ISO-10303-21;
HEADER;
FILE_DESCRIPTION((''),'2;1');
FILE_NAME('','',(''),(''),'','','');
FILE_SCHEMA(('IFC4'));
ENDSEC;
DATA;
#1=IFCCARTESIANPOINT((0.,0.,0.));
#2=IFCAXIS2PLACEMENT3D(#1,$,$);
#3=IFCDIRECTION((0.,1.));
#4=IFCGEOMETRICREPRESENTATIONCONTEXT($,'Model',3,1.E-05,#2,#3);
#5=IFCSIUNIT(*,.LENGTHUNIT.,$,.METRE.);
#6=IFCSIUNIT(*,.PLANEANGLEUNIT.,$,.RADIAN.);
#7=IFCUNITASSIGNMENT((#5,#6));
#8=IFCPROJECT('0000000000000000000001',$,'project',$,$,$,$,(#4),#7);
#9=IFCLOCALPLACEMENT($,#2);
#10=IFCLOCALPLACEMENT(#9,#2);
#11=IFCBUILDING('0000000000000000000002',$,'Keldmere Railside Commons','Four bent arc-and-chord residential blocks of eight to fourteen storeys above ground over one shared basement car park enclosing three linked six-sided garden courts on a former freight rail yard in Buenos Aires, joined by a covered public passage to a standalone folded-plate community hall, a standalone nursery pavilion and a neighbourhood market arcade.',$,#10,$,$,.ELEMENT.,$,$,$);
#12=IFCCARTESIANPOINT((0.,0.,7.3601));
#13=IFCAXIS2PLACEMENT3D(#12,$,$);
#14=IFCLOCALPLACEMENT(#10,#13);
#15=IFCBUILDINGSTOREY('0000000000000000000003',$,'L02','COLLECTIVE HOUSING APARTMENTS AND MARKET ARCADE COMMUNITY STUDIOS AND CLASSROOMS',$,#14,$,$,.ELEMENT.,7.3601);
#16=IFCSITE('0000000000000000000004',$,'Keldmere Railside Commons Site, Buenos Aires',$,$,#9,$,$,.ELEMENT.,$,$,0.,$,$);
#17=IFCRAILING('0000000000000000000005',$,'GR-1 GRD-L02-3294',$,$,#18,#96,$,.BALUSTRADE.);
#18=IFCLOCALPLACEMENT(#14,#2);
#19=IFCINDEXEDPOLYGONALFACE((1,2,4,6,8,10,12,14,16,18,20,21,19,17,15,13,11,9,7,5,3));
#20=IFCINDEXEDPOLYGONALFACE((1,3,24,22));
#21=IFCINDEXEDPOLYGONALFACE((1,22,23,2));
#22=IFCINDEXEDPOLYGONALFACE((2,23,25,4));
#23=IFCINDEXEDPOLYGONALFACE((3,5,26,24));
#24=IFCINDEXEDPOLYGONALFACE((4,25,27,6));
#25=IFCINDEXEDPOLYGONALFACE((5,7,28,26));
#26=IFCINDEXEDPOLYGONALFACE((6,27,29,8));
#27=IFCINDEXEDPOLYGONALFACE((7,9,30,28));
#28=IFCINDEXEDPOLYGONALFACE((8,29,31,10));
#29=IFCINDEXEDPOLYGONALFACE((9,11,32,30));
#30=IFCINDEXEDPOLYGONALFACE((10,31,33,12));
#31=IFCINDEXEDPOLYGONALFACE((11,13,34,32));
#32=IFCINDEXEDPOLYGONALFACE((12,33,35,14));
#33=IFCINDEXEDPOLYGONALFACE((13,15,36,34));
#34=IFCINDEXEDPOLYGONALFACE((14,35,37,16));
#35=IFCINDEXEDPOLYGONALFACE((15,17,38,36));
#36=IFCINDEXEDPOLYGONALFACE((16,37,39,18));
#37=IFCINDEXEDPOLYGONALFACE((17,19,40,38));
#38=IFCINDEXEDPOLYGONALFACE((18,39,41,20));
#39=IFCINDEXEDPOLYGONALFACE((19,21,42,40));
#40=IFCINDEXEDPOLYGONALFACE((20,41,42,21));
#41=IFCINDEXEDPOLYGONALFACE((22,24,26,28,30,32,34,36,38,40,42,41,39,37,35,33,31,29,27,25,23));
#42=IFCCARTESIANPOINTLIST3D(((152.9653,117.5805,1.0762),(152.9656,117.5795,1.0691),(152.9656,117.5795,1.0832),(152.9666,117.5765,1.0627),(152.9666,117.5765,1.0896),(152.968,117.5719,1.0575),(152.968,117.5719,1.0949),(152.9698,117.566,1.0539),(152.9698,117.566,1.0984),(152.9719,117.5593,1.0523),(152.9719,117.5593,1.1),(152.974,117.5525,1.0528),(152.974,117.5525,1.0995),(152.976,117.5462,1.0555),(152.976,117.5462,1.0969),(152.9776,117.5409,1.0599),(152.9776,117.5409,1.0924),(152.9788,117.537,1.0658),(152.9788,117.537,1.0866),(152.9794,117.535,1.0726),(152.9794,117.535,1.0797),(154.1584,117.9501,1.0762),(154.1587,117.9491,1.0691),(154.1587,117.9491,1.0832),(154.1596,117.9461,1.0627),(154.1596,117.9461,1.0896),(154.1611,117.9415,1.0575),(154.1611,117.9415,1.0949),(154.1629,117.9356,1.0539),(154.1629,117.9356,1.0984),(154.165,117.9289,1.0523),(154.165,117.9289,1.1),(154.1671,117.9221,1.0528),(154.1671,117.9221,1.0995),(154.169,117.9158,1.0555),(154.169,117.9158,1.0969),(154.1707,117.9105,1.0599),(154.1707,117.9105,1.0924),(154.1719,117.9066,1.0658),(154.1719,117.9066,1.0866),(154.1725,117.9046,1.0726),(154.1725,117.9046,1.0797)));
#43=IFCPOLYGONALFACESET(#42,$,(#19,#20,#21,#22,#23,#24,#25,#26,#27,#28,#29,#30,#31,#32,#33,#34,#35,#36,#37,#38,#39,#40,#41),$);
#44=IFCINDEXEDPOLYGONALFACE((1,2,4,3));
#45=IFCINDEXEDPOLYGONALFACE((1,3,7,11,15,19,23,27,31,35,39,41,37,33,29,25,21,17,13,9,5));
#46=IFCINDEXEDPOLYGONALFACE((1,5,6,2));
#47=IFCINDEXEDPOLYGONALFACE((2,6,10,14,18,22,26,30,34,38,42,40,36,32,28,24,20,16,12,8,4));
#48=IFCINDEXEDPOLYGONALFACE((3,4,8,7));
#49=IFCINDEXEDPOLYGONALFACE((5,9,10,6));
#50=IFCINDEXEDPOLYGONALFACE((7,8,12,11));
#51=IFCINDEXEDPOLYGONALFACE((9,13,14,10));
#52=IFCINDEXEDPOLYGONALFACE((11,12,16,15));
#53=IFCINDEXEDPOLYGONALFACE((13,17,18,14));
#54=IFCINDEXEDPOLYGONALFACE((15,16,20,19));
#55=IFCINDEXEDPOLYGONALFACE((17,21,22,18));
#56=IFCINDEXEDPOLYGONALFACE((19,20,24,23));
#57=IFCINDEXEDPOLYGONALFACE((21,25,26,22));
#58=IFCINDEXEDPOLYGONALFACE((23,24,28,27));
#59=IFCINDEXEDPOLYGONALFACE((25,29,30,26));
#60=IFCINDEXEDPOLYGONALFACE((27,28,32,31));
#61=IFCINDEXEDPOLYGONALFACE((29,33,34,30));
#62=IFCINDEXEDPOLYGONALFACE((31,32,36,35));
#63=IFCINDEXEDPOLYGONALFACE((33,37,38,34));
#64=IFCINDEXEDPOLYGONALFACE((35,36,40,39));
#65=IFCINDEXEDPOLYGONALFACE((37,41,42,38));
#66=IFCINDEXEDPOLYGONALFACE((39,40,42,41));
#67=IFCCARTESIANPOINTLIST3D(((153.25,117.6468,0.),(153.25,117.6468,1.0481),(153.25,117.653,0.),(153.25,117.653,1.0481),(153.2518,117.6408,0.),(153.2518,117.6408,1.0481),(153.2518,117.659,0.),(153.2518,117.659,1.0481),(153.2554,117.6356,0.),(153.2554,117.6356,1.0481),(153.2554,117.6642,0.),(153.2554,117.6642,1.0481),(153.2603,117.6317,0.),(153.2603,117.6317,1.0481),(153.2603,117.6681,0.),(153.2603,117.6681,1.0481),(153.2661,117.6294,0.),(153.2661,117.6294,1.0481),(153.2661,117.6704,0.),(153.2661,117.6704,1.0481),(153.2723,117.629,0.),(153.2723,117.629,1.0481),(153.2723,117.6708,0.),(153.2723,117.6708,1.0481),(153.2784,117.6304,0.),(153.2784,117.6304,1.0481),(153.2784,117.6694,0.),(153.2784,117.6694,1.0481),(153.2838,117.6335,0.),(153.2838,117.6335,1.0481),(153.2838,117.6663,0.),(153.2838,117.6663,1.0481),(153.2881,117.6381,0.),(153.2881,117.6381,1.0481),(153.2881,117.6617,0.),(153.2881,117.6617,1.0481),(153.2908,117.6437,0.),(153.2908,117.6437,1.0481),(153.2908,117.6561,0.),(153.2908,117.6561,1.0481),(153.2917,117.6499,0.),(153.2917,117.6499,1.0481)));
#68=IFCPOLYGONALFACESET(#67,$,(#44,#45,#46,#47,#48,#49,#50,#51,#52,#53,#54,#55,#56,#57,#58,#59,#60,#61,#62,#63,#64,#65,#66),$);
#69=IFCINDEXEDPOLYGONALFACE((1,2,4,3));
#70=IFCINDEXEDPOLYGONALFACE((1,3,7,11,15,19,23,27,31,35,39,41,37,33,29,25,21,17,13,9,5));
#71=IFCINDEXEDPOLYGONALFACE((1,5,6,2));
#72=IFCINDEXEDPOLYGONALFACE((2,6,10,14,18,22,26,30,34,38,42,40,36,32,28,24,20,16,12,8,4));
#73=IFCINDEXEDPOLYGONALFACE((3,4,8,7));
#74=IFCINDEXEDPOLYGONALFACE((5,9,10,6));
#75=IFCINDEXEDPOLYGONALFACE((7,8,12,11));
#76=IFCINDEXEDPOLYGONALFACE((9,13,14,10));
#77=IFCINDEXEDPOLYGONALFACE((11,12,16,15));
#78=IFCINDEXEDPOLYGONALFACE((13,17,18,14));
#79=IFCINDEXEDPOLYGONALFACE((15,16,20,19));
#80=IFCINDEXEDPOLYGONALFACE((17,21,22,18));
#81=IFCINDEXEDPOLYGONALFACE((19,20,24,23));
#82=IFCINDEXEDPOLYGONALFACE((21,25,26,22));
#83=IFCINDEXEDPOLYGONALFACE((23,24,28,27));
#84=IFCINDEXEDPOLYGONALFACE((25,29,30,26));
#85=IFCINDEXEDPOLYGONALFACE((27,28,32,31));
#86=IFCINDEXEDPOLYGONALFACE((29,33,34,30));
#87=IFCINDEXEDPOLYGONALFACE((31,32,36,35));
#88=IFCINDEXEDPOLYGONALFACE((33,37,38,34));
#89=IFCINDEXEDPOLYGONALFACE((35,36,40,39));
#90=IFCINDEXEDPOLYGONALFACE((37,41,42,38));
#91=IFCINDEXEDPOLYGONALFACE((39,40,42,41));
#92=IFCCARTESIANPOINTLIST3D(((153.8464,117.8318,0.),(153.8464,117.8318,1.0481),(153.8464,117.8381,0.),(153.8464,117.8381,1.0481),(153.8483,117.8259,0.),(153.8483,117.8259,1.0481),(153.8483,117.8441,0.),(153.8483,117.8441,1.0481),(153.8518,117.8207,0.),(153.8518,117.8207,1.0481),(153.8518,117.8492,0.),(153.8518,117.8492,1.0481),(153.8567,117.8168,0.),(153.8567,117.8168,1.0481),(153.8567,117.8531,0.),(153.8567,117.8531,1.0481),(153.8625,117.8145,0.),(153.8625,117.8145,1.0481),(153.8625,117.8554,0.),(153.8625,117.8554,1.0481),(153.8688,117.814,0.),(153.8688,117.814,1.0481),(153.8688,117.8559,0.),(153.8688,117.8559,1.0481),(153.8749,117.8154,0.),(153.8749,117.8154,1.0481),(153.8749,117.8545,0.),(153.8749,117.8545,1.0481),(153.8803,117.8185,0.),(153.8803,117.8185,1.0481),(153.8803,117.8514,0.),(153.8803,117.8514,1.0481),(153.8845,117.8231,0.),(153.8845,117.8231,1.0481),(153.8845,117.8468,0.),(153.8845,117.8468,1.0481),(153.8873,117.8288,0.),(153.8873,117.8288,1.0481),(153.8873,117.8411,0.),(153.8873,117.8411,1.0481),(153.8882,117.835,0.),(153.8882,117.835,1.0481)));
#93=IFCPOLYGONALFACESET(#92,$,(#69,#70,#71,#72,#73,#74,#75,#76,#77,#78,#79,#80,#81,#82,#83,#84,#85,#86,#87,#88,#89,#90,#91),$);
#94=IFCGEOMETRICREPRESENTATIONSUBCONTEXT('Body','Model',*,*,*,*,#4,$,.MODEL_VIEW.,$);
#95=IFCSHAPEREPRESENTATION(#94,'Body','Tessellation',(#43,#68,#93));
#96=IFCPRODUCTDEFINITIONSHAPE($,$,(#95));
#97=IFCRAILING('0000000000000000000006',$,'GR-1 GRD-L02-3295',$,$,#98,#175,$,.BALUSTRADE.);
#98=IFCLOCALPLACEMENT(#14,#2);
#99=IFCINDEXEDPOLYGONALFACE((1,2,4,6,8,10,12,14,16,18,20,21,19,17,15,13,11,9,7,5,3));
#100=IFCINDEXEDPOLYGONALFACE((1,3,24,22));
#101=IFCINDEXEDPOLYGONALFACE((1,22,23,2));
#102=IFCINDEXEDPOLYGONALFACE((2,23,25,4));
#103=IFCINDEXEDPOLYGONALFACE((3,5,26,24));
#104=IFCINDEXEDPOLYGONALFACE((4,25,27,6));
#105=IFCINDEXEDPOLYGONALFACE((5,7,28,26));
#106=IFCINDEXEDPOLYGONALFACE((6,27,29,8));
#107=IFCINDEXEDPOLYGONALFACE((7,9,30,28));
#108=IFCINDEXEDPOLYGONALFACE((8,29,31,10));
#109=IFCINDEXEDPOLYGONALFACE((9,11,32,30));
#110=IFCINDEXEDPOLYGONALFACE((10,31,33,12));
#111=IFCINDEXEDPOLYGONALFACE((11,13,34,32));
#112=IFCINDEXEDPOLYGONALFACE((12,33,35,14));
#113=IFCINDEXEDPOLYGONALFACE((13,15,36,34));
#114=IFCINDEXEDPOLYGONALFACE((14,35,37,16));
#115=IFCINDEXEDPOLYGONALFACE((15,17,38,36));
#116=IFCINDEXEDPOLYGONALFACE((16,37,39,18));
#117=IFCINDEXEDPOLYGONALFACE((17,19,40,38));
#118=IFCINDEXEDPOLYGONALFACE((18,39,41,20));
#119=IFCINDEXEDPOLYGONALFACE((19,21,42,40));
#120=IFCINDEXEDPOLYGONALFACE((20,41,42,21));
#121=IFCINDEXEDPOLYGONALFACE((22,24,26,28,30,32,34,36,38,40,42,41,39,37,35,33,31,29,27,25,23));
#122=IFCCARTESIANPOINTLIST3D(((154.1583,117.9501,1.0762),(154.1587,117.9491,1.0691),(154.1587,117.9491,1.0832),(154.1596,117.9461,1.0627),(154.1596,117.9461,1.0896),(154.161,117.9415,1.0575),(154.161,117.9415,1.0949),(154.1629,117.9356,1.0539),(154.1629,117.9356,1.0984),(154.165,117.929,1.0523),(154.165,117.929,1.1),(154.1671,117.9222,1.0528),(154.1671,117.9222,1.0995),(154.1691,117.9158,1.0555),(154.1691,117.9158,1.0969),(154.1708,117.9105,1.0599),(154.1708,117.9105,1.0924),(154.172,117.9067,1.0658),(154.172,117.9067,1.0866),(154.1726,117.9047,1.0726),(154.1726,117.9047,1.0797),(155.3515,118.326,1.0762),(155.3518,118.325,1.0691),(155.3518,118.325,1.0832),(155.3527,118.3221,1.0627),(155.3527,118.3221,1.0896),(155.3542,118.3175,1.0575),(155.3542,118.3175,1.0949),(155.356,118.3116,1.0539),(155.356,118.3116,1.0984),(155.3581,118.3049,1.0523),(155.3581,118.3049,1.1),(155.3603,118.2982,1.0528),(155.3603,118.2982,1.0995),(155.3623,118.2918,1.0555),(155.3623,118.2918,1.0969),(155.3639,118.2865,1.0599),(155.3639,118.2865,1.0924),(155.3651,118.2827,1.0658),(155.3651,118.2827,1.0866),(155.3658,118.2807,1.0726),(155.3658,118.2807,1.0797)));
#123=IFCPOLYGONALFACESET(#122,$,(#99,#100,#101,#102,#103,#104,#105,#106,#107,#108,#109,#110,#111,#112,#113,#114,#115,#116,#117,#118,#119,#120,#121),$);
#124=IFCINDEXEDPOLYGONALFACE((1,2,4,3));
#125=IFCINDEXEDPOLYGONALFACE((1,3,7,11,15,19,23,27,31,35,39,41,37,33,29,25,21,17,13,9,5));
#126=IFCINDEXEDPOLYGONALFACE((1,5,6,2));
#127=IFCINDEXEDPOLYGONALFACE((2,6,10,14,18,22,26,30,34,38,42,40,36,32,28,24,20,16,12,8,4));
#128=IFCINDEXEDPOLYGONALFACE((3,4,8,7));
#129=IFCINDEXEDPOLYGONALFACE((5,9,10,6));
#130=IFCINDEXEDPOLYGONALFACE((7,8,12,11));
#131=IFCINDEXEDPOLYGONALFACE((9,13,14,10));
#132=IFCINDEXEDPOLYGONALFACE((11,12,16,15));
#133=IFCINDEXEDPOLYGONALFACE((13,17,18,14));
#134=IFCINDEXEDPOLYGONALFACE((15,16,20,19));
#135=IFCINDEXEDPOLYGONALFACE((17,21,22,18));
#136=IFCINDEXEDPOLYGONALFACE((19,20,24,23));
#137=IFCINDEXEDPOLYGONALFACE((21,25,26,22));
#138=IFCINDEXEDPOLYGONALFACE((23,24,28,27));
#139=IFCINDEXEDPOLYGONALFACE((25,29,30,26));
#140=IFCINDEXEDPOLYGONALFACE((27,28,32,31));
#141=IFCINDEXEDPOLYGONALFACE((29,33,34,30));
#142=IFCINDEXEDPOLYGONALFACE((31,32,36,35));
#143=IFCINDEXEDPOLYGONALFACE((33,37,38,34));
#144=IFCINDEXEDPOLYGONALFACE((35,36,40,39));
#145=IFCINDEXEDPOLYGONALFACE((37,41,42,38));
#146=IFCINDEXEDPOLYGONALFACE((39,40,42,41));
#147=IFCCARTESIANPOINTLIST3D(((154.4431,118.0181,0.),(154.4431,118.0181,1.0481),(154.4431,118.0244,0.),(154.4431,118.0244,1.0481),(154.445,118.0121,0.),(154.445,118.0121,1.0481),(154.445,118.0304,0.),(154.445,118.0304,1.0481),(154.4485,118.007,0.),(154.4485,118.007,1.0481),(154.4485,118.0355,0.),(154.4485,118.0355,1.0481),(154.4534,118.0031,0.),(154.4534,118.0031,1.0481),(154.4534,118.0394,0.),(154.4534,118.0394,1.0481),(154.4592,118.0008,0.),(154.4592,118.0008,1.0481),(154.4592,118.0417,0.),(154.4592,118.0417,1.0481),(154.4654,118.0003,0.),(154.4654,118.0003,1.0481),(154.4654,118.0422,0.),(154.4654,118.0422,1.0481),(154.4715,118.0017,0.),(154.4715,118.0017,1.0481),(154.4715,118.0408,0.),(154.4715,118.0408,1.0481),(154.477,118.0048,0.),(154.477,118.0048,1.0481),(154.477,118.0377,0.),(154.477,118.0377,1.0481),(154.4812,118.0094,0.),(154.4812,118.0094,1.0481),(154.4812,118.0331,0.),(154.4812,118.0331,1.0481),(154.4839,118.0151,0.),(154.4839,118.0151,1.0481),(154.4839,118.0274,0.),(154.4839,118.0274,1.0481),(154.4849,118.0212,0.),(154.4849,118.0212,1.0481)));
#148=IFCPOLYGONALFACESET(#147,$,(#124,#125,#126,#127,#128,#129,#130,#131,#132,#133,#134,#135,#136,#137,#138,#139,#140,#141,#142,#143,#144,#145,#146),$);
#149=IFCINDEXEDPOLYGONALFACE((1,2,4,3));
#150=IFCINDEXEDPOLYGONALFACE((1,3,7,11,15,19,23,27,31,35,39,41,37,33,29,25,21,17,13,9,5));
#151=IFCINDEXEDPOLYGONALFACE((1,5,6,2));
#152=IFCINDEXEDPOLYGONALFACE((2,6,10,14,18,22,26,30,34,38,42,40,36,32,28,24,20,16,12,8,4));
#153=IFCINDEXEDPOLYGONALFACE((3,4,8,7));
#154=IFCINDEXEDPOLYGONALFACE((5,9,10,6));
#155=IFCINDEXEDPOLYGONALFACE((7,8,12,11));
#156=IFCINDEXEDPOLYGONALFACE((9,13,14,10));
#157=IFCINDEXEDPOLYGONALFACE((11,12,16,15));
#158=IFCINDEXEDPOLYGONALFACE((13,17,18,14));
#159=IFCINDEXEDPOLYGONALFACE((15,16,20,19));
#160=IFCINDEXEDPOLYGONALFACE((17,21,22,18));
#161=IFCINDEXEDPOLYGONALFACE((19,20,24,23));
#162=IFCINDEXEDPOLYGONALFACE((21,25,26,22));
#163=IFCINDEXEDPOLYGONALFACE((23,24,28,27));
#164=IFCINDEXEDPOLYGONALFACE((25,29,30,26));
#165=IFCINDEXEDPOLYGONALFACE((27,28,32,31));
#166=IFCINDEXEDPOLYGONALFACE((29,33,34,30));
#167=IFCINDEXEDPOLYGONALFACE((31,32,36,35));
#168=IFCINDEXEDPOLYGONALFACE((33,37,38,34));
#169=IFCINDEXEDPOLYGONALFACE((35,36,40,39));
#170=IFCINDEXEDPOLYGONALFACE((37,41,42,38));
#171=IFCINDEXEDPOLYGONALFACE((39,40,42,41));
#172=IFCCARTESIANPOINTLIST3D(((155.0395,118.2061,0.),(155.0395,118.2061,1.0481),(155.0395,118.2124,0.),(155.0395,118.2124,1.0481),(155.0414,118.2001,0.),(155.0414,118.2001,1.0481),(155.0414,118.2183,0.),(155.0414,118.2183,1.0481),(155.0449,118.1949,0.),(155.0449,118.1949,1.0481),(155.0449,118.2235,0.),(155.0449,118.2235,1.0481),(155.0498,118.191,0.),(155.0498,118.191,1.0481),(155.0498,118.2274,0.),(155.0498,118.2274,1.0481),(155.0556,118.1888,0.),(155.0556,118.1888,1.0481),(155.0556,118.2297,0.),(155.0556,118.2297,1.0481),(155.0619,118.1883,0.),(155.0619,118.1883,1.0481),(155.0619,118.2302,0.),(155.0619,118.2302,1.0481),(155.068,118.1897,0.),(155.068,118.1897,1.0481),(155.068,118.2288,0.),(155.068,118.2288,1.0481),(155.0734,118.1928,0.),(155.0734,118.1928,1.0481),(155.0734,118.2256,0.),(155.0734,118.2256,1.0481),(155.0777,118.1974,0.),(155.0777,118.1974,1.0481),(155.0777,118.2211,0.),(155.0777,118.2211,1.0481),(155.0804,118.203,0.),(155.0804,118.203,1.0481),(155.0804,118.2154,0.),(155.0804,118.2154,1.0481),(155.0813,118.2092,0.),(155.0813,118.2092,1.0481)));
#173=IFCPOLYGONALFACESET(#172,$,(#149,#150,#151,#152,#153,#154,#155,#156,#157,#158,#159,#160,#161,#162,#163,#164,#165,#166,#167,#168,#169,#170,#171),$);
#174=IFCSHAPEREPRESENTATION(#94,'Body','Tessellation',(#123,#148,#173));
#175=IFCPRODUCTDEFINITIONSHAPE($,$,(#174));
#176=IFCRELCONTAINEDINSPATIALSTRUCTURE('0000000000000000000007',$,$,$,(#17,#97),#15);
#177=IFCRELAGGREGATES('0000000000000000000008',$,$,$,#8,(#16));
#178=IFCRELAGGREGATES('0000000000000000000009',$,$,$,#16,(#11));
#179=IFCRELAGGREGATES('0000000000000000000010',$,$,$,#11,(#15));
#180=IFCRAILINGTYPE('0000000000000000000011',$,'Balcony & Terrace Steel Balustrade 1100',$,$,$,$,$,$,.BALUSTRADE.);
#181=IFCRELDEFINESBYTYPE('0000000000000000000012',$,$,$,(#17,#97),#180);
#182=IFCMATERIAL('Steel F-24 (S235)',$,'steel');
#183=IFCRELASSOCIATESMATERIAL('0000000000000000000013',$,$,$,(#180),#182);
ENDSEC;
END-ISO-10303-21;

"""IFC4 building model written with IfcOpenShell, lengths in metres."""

from ifc_helpers import new_model, si_unit, direction, frame, origin, origin_2d, place, context, subcontext, project, spatial, circle, extrude, material, type_object, element, save


model = new_model("IFC4")

# Units and contexts
model_context = context("Model", 3, precision=1e-05, world=origin(), true_north=direction((0.0, 1.0)))
body_context = subcontext(model_context, "Body", "Model", "MODEL_VIEW")
ifc_project = project(units=[si_unit("LENGTHUNIT", "METRE"), si_unit("PLANEANGLEUNIT", "RADIAN")], contexts=[model_context])

# Site, building, storey
site_placement = place(None, origin())
site = spatial("IfcSite", under=ifc_project, at=site_placement, Name="Keldmere Railside Commons Site, Buenos Aires", CompositionType="ELEMENT", RefElevation=0.0)
building_placement = place(site_placement, origin())
building = spatial("IfcBuilding", under=site, at=building_placement, Name="Keldmere Railside Commons", Description="Four bent arc-and-chord residential blocks of eight to fourteen storeys above ground over one shared basement car park enclosing three linked six-sided garden courts on a former freight rail yard in Buenos Aires, joined by a covered public passage to a standalone folded-plate community hall, a standalone nursery pavilion and a neighbourhood market arcade.", CompositionType="ELEMENT")
storey_placement = place(building_placement, frame((0.0, 0.0, 7.3601)))
storey = spatial("IfcBuildingStorey", under=building, at=storey_placement, Name="L02", Description="COLLECTIVE HOUSING APARTMENTS AND MARKET ARCADE COMMUNITY STUDIOS AND CLASSROOMS", CompositionType="ELEMENT", Elevation=7.3601)

# Railings
ifc_material_1 = material(Name="Steel F-24 (S235)", Category="steel")
railing_type = type_object("IfcRailingType", Name="Balcony & Terrace Steel Balustrade 1100", PredefinedType="BALUSTRADE", material=ifc_material_1)
railing_1_placement = place(storey_placement, frame((152.9724, 117.5576, 0.0)))
element("IfcRailing", 1, at=railing_1_placement, inside=storey, type_object=railing_type, Name="GR-1 GRD-L02-3294", PredefinedType="BALUSTRADE", context=body_context, shape_type="SweptSolid", body=[
    extrude(circle(Radius=0.0239, at=origin_2d()), frame((0.0, 0.0, 1.0762), z_axis=(0.955211, 0.295926, 0.0), x_axis=(-0.295926, 0.955211, 0.0)), (0.0, 0.0, 1.0), 1.249),
    extrude(circle(Radius=0.021, at=origin_2d()), frame((0.2983, 0.0923, 0.0)), (0.0, 0.0, 1.0), 1.0481),
    extrude(circle(Radius=0.021, at=origin_2d()), frame((0.8948, 0.2773, 0.0)), (0.0, 0.0, 1.0), 1.0481),
])
railing_2_placement = place(storey_placement, frame((154.1655, 117.9272, 0.0)))
element("IfcRailing", 2, at=railing_2_placement, inside=storey, type_object=railing_type, Name="GR-1 GRD-L02-3295", PredefinedType="BALUSTRADE", context=body_context, shape_type="SweptSolid", body=[
    extrude(circle(Radius=0.0239, at=origin_2d()), frame((0.0, 0.0, 1.0762), z_axis=(0.953765, 0.300552, 0.0), x_axis=(-0.300552, 0.953765, 0.0)), (0.0, 0.0, 1.0), 1.251),
    extrude(circle(Radius=0.021, at=origin_2d()), frame((0.2983, 0.094, 0.0)), (0.0, 0.0, 1.0), 1.0481),
    extrude(circle(Radius=0.021, at=origin_2d()), frame((0.8948, 0.282, 0.0)), (0.0, 0.0, 1.0), 1.0481),
])

save(model, "model.ifc")
